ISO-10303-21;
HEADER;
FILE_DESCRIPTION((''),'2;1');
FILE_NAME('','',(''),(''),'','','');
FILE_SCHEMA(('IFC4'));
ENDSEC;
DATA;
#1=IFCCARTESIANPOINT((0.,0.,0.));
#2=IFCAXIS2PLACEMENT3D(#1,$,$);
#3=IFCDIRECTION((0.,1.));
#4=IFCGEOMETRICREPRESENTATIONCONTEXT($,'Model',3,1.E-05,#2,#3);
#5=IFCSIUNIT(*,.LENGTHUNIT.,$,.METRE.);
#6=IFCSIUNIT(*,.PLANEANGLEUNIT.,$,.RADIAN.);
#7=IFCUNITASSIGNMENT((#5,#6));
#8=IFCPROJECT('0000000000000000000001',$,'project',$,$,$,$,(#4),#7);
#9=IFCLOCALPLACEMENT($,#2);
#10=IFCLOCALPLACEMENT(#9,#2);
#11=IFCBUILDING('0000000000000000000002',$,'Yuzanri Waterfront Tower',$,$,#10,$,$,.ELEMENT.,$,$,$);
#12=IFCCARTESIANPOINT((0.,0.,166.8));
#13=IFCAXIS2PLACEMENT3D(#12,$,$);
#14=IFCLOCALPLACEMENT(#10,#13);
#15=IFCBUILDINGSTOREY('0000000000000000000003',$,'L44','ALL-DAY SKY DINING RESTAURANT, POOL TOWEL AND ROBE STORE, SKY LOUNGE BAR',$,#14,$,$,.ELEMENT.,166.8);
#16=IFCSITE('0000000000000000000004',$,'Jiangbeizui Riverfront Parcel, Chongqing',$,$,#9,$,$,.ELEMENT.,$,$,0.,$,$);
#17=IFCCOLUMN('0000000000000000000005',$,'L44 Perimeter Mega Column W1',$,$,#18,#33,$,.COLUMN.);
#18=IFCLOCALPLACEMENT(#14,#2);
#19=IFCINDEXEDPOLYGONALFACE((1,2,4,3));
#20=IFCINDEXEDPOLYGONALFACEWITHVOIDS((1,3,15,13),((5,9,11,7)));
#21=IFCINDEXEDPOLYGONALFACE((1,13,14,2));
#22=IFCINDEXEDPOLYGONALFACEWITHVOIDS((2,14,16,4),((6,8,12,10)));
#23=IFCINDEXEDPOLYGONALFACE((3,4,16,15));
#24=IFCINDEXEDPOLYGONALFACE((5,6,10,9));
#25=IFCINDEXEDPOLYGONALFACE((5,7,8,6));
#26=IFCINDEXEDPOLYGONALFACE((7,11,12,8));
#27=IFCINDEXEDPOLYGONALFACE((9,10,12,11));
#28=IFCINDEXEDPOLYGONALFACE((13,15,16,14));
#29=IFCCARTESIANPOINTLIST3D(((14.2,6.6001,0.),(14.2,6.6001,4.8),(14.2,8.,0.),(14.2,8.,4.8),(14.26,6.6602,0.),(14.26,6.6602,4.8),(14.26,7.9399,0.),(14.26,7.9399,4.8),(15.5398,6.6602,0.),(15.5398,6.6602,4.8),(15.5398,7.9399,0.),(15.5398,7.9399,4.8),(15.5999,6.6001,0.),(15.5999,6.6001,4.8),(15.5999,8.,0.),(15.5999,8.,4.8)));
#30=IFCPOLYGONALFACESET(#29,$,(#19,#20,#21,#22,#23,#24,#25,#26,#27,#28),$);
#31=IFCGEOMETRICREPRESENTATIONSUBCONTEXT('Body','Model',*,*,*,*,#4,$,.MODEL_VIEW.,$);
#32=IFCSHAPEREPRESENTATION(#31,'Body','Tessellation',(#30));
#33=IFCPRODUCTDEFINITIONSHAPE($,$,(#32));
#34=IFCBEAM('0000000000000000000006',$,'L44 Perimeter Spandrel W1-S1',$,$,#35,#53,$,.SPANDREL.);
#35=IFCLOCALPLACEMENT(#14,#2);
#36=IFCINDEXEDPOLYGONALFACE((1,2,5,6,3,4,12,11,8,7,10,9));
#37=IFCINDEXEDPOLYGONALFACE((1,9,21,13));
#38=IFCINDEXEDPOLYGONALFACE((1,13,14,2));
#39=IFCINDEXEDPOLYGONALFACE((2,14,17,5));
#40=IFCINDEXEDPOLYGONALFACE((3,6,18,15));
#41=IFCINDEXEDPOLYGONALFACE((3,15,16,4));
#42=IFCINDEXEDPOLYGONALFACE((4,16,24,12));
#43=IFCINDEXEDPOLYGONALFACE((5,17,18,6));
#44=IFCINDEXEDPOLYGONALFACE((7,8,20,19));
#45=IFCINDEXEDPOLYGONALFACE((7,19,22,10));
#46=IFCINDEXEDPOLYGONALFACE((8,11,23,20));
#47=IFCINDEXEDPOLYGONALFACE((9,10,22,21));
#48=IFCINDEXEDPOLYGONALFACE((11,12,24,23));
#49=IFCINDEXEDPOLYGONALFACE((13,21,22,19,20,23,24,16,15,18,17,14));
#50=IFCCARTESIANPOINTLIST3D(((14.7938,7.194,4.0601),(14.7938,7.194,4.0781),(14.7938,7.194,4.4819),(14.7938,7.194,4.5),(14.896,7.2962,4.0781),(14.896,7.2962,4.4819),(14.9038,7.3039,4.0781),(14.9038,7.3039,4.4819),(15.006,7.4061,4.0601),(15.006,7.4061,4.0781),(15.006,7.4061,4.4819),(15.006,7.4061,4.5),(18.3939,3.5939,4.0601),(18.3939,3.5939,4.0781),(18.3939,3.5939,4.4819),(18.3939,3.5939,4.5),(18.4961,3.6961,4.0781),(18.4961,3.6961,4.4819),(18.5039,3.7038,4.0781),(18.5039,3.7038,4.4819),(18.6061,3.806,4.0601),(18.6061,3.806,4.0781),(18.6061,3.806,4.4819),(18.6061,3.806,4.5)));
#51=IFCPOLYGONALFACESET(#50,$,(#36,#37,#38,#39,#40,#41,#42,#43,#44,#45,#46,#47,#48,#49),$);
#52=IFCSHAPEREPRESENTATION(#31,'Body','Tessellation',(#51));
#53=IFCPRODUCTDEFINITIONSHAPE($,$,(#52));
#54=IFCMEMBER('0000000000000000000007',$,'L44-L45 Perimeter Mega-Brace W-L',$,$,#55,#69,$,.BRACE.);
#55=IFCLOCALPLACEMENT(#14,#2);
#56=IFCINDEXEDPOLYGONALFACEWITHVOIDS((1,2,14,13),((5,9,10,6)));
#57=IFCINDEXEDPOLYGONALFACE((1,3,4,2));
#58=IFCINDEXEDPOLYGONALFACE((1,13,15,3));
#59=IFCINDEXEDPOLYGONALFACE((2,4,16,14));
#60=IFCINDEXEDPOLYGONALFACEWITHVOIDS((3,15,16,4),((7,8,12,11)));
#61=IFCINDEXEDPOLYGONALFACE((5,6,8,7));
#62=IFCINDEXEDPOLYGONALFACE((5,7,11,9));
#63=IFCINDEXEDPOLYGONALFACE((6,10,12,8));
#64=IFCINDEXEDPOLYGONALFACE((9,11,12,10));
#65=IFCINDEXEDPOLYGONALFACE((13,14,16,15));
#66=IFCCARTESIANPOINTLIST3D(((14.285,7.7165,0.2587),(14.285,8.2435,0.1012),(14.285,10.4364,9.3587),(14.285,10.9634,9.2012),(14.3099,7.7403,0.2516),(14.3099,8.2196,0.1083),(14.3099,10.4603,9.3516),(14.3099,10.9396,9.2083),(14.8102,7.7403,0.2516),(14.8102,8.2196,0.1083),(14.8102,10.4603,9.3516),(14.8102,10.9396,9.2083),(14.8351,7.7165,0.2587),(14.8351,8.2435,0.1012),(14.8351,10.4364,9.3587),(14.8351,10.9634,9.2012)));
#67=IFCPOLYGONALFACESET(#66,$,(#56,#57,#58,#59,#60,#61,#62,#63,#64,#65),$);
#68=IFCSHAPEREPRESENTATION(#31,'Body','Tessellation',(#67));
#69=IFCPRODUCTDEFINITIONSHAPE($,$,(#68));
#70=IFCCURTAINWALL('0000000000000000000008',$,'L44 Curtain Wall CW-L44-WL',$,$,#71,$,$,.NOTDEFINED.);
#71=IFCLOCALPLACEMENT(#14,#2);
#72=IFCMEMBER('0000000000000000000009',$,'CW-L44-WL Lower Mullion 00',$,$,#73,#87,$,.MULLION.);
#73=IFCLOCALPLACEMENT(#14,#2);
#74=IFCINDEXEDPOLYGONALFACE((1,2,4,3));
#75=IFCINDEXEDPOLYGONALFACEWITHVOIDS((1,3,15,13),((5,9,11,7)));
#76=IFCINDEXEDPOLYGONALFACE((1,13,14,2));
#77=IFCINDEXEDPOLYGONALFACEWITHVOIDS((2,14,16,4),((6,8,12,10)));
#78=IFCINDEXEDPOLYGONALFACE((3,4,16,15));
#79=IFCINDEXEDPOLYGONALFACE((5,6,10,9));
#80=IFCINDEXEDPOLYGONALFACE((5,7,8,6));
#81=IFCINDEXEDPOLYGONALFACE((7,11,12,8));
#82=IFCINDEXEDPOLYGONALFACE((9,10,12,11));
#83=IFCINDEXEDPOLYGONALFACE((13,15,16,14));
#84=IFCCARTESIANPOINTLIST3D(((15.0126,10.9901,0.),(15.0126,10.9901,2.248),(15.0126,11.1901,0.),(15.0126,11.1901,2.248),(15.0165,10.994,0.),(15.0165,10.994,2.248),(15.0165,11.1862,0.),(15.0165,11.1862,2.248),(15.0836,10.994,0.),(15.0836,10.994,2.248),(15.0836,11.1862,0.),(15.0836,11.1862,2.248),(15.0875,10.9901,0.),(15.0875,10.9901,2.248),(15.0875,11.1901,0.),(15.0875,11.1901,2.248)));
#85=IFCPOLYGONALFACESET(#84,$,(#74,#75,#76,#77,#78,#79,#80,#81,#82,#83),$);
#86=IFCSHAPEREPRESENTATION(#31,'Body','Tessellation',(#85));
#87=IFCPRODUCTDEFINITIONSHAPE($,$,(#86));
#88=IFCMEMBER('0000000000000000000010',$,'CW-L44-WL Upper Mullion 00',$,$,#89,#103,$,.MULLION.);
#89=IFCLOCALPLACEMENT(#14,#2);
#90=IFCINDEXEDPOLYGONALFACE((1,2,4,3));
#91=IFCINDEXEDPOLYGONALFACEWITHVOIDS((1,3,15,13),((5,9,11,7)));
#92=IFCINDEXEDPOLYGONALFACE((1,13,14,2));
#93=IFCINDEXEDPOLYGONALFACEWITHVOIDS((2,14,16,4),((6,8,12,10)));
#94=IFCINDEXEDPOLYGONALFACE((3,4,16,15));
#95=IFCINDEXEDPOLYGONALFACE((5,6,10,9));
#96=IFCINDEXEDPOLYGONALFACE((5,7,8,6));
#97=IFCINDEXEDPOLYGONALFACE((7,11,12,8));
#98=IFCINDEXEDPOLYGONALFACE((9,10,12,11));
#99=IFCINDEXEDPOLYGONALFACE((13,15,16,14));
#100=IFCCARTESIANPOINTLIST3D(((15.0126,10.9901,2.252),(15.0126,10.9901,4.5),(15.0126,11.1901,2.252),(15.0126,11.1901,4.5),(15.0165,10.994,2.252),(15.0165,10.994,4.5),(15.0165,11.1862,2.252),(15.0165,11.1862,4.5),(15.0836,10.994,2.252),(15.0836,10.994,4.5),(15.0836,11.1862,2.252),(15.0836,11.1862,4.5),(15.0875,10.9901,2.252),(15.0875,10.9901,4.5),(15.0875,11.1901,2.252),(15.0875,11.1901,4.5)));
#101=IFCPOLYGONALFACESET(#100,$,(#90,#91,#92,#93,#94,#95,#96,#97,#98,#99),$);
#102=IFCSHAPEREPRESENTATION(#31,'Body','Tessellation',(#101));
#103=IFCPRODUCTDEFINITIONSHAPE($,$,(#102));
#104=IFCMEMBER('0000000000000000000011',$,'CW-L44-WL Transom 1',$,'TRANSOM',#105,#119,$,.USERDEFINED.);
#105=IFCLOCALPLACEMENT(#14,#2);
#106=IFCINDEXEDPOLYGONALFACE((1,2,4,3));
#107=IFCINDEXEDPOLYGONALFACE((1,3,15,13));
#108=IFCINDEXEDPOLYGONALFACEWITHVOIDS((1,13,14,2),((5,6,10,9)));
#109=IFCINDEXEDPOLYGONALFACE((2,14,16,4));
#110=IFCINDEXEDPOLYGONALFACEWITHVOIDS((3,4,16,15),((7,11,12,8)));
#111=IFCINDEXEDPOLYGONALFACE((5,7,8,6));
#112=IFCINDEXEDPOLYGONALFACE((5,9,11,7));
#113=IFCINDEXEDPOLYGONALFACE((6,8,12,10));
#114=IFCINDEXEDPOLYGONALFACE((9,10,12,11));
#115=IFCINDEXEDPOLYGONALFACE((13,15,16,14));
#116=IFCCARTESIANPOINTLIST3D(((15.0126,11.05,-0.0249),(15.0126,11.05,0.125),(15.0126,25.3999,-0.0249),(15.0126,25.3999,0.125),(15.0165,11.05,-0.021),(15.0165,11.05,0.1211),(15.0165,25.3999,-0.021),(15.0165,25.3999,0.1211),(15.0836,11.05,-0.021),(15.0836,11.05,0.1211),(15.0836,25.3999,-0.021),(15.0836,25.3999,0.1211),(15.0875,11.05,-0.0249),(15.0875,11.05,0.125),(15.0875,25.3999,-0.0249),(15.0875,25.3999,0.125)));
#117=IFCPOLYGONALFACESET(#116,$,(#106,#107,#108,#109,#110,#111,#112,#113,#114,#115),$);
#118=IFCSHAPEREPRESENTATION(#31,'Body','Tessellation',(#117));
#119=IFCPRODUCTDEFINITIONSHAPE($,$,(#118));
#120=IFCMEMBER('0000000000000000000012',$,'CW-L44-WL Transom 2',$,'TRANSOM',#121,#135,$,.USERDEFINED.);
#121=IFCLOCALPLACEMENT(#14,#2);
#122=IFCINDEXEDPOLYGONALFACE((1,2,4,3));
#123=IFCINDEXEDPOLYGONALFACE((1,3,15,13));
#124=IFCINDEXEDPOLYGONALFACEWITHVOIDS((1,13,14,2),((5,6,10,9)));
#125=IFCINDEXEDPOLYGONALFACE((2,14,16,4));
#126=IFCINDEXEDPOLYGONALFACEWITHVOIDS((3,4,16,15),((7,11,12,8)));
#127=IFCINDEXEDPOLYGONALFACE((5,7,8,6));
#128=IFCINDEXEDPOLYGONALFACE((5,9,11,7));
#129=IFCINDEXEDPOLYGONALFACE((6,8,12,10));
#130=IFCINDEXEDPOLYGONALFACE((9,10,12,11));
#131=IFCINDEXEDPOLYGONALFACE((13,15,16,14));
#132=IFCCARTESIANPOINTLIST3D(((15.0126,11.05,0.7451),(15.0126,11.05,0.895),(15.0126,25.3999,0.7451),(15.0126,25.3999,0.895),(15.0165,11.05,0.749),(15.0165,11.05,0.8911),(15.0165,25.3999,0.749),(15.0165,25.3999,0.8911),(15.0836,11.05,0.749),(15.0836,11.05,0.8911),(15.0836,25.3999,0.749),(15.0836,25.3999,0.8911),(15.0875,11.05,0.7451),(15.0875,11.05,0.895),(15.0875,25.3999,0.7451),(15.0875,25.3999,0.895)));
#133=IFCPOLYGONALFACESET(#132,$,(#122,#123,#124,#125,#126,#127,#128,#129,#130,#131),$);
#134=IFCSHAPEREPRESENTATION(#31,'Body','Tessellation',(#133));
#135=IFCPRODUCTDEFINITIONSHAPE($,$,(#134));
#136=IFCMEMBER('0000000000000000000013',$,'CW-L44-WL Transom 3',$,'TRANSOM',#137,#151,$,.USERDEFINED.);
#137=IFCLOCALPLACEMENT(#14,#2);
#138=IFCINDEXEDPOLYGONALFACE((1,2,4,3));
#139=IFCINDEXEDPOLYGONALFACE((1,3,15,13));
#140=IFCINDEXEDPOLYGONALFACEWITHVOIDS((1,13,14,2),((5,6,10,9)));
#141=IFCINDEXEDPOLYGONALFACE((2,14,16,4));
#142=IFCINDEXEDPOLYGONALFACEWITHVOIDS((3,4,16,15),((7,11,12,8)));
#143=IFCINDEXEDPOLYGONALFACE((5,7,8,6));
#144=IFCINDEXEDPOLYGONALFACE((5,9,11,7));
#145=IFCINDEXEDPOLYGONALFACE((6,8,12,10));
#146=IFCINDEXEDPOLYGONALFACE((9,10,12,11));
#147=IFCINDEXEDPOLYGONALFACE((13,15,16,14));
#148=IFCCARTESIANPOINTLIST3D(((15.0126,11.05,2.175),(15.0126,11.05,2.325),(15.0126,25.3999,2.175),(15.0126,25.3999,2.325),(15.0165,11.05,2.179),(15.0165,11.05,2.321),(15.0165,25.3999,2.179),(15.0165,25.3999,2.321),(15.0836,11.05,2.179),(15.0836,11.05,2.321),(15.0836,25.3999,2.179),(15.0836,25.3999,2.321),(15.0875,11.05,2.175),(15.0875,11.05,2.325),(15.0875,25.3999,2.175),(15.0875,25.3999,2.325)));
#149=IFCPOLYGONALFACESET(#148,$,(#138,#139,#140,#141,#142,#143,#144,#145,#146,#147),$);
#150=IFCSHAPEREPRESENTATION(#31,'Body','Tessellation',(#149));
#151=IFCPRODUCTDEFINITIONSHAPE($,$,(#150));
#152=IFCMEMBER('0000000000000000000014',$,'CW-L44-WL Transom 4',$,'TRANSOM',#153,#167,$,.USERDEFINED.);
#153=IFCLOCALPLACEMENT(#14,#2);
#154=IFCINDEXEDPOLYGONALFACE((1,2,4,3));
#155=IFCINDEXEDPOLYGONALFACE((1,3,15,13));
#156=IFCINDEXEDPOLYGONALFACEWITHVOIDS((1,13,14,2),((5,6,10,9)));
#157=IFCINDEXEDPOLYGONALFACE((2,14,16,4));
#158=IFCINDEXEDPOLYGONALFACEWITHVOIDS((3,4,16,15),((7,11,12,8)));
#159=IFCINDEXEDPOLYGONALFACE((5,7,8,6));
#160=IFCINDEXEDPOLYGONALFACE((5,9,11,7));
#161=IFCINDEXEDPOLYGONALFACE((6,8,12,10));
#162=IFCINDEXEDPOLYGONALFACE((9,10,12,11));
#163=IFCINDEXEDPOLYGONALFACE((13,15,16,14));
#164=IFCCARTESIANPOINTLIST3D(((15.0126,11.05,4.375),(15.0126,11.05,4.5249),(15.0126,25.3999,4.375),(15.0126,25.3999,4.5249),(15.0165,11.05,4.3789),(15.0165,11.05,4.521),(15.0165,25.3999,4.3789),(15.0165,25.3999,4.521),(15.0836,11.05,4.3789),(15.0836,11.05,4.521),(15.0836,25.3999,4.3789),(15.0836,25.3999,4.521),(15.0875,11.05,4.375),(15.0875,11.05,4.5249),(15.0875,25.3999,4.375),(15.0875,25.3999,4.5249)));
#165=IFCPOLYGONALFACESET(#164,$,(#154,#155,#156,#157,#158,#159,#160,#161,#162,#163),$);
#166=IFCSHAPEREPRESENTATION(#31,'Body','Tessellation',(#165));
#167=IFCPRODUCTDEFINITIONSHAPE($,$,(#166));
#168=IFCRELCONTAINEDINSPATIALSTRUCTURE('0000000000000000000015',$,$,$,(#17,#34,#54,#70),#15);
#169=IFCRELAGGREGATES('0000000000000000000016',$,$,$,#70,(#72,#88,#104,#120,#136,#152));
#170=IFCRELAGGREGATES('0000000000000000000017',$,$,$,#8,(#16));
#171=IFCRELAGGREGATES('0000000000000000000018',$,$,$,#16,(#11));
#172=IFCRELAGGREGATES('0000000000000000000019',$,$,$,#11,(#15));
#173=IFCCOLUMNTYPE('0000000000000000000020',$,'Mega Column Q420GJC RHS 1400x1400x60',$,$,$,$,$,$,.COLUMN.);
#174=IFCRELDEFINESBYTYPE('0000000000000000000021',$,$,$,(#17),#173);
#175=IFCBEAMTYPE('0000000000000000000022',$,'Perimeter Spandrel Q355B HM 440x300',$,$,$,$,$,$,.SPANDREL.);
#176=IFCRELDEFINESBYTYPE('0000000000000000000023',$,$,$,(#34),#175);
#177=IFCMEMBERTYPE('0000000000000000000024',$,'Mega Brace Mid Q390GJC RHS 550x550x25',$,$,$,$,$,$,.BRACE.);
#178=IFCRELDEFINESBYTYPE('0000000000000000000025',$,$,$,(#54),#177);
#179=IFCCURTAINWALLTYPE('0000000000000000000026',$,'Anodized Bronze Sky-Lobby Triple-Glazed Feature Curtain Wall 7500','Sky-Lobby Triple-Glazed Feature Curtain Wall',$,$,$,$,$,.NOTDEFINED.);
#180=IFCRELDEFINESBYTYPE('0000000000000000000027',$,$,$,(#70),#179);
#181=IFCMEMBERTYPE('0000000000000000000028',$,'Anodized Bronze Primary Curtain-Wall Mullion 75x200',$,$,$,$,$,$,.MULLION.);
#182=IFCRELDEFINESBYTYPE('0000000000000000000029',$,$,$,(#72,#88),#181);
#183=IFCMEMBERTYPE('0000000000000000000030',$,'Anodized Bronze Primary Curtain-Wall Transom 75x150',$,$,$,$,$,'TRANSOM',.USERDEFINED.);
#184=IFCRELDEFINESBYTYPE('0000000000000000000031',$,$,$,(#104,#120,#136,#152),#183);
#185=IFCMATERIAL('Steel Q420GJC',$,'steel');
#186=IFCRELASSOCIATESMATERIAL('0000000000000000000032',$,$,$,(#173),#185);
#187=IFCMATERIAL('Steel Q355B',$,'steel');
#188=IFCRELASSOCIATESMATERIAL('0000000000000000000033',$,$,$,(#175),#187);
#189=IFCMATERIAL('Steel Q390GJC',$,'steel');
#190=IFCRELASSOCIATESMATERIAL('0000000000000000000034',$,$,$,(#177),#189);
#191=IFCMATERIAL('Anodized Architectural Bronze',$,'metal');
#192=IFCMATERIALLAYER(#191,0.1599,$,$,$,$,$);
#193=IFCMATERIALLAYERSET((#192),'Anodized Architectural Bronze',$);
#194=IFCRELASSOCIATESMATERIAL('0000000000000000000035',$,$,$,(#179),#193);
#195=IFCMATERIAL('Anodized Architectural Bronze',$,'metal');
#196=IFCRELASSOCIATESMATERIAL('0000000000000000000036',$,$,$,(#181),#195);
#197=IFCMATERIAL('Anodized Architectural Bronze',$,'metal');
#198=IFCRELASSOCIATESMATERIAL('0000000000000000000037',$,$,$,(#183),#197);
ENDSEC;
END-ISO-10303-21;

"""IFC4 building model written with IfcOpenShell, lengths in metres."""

from ifc_helpers import new_model, si_unit, direction, frame, origin, origin_2d, place, context, subcontext, project, spatial, hollow_rectangle, i_section, extrude, source, transform, mapped, material, layer, layer_set, material_profile, profile_set, type_object, element, aggregate, save


model = new_model("IFC4")

# Units and contexts
model_context = context("Model", 3, precision=1e-05, world=origin(), true_north=direction((0.0, 1.0)))
body_context = subcontext(model_context, "Body", "Model", "MODEL_VIEW")
ifc_project = project(units=[si_unit("LENGTHUNIT", "METRE"), si_unit("PLANEANGLEUNIT", "RADIAN")], contexts=[model_context])

# Site, building, storey
site_placement = place(None, origin())
site = spatial("IfcSite", under=ifc_project, at=site_placement, Name="Jiangbeizui Riverfront Parcel, Chongqing", CompositionType="ELEMENT", RefElevation=0.0)
building_placement = place(site_placement, origin())
building = spatial("IfcBuilding", under=site, at=building_placement, Name="Yuzanri Waterfront Tower", CompositionType="ELEMENT")
storey_placement = place(building_placement, frame((0.0, 0.0, 166.8)))
storey = spatial("IfcBuildingStorey", under=building, at=storey_placement, Name="L44", Description="ALL-DAY SKY DINING RESTAURANT, POOL TOWEL AND ROBE STORE, SKY LOUNGE BAR", CompositionType="ELEMENT", Elevation=166.8)

# Column
ifc_material_1 = material(Name="Steel Q420GJC", Category="steel")
ifc_material_profile_1 = material_profile(ifc_material_1, hollow_rectangle(XDim=1.3999, YDim=1.3999, WallThickness=0.0601, at=origin_2d()), Name="RHS 1400x1400x60")
ifc_profile_set_1 = profile_set([ifc_material_profile_1], Name="Steel Q420GJC")
column_type = type_object("IfcColumnType", Name="Mega Column Q420GJC RHS 1400x1400x60", PredefinedType="COLUMN", material=ifc_profile_set_1)
shared_shape_1 = source(origin(), body_context, "Body", "SweptSolid", [
    extrude(hollow_rectangle(XDim=1.3999, YDim=1.3999, WallThickness=0.0601, at=origin_2d()), origin(), (0.0, 0.0, 1.0), 4.8),
])
column_placement = place(storey_placement, frame((14.8999, 7.3, 0.0), z_axis=(0.0, 0.0, 1.0), x_axis=(1.0, 0.0, 0.0)))
element("IfcColumn", 1, at=column_placement, inside=storey, type_object=column_type, Name="L44 Perimeter Mega Column W1", PredefinedType="COLUMN", context=body_context, shape_type="MappedRepresentation", body=[
    mapped(shared_shape_1, transform((0.0, 0.0, 0.0), scale=1.0)),
])

# Beam
ifc_material_2 = material(Name="Steel Q355B", Category="steel")
ifc_material_profile_2 = material_profile(ifc_material_2, i_section(OverallWidth=0.3, OverallDepth=0.4399, WebThickness=0.011, FlangeThickness=0.0181, at=origin_2d()), Name="HM 440x300x11x18")
ifc_profile_set_2 = profile_set([ifc_material_profile_2], Name="Steel Q355B")
beam_type = type_object("IfcBeamType", Name="Perimeter Spandrel Q355B HM 440x300", PredefinedType="SPANDREL", material=ifc_profile_set_2)
shared_shape_2 = source(origin(), body_context, "Body", "SweptSolid", [
    extrude(i_section(OverallWidth=0.3, OverallDepth=0.4399, WebThickness=0.011, FlangeThickness=0.0181, at=origin_2d()), origin(), (0.0, 0.0, 1.0), 5.0913),
])
beam_placement = place(storey_placement, frame((14.8999, 7.3, 4.28), z_axis=(0.707107, -0.707107, 0.0), x_axis=(0.707107, 0.707107, 0.0)))
element("IfcBeam", 2, at=beam_placement, inside=storey, type_object=beam_type, Name="L44 Perimeter Spandrel W1-S1", PredefinedType="SPANDREL", context=body_context, shape_type="MappedRepresentation", body=[
    mapped(shared_shape_2, transform((0.0, 0.0, 0.0), scale=1.0)),
])

# Member
ifc_material_3 = material(Name="Steel Q390GJC", Category="steel")
ifc_material_profile_3 = material_profile(ifc_material_3, hollow_rectangle(XDim=0.55, YDim=0.55, WallThickness=0.0249, at=origin_2d()), Name="RHS 550x550x25")
ifc_profile_set_3 = profile_set([ifc_material_profile_3], Name="Steel Q390GJC")
member_type_1 = type_object("IfcMemberType", Name="Mega Brace Mid Q390GJC RHS 550x550x25", PredefinedType="BRACE", material=ifc_profile_set_3)
shared_shape_3 = source(origin(), body_context, "Body", "SweptSolid", [
    extrude(hollow_rectangle(XDim=0.55, YDim=0.55, WallThickness=0.0249, at=origin_2d()), origin(), (0.0, 0.0, 1.0), 9.4978),
])
member_1_placement = place(storey_placement, frame((14.5601, 7.98, 0.1799), z_axis=(0.0, 0.286376, 0.958117), x_axis=(-1.0, 0.0, 0.0)))
element("IfcMember", 3, at=member_1_placement, inside=storey, type_object=member_type_1, Name="L44-L45 Perimeter Mega-Brace W-L", PredefinedType="BRACE", context=body_context, shape_type="MappedRepresentation", body=[
    mapped(shared_shape_3, transform((0.0, 0.0, 0.0), scale=1.0)),
])

# Curtain wall, members
ifc_material_4 = material(Name="Anodized Architectural Bronze", Category="metal")
ifc_layer_1 = layer(ifc_material_4, 0.1599)
ifc_layer_set_1 = layer_set([ifc_layer_1], Name="Anodized Architectural Bronze")
curtain_wall_type = type_object("IfcCurtainWallType", Name="Anodized Bronze Sky-Lobby Triple-Glazed Feature Curtain Wall 7500", Description="Sky-Lobby Triple-Glazed Feature Curtain Wall", PredefinedType="NOTDEFINED", material=ifc_layer_set_1)
curtain_wall_placement = place(storey_placement, origin())
curtain_wall = element("IfcCurtainWall", 4, at=curtain_wall_placement, inside=storey, type_object=curtain_wall_type, Name="L44 Curtain Wall CW-L44-WL", PredefinedType="NOTDEFINED")
ifc_material_5 = material(Name="Anodized Architectural Bronze", Category="metal")
ifc_material_profile_4 = material_profile(ifc_material_5, hollow_rectangle(XDim=0.075, YDim=0.2, WallThickness=0.0039, at=origin_2d()), Name="CWM 75x200")
ifc_profile_set_4 = profile_set([ifc_material_profile_4], Name="Anodized Architectural Bronze")
member_type_2 = type_object("IfcMemberType", Name="Anodized Bronze Primary Curtain-Wall Mullion 75x200", PredefinedType="MULLION", material=ifc_profile_set_4)
shared_shape_4 = source(origin(), body_context, "Body", "SweptSolid", [
    extrude(hollow_rectangle(XDim=0.075, YDim=0.2, WallThickness=0.0039, at=origin_2d()), origin(), (0.0, 0.0, 1.0), 2.248),
])
member_2_placement = place(storey_placement, frame((15.05, 11.0901, 0.0), z_axis=(0.0, 0.0, 1.0), x_axis=(1.0, 0.0, 0.0)))
member_2 = element("IfcMember", 5, at=member_2_placement, type_object=member_type_2, Name="CW-L44-WL Lower Mullion 00", PredefinedType="MULLION", context=body_context, shape_type="MappedRepresentation", body=[
    mapped(shared_shape_4, transform((0.0, 0.0, 0.0), scale=1.0)),
])
member_3_placement = place(storey_placement, frame((15.05, 11.0901, 2.252), z_axis=(0.0, 0.0, 1.0), x_axis=(1.0, 0.0, 0.0)))
member_3 = element("IfcMember", 6, at=member_3_placement, type_object=member_type_2, Name="CW-L44-WL Upper Mullion 00", PredefinedType="MULLION", context=body_context, shape_type="MappedRepresentation", body=[
    mapped(shared_shape_4, transform((0.0, 0.0, 0.0), scale=1.0)),
])
ifc_material_6 = material(Name="Anodized Architectural Bronze", Category="metal")
ifc_material_profile_5 = material_profile(ifc_material_6, hollow_rectangle(XDim=0.075, YDim=0.1499, WallThickness=0.0039, at=origin_2d()), Name="CWT 75x150")
ifc_profile_set_5 = profile_set([ifc_material_profile_5], Name="Anodized Architectural Bronze")
member_type_3 = type_object("IfcMemberType", Name="Anodized Bronze Primary Curtain-Wall Transom 75x150", ElementType="TRANSOM", PredefinedType="USERDEFINED", material=ifc_profile_set_5)
shared_shape_5 = source(origin(), body_context, "Body", "SweptSolid", [
    extrude(hollow_rectangle(XDim=0.075, YDim=0.1499, WallThickness=0.0039, at=origin_2d()), origin(), (0.0, 0.0, 1.0), 14.3499),
])
member_4_placement = place(storey_placement, frame((15.05, 11.05, 0.05), z_axis=(0.0, 1.0, 0.0), x_axis=(-1.0, 0.0, 0.0)))
member_4 = element("IfcMember", 7, at=member_4_placement, type_object=member_type_3, Name="CW-L44-WL Transom 1", ObjectType="TRANSOM", PredefinedType="USERDEFINED", context=body_context, shape_type="MappedRepresentation", body=[
    mapped(shared_shape_5, transform((0.0, 0.0, 0.0), scale=1.0)),
])
member_5_placement = place(storey_placement, frame((15.05, 11.05, 0.8201), z_axis=(0.0, 1.0, 0.0), x_axis=(-1.0, 0.0, 0.0)))
member_5 = element("IfcMember", 8, at=member_5_placement, type_object=member_type_3, Name="CW-L44-WL Transom 2", ObjectType="TRANSOM", PredefinedType="USERDEFINED", context=body_context, shape_type="MappedRepresentation", body=[
    mapped(shared_shape_5, transform((0.0, 0.0, 0.0), scale=1.0)),
])
member_6_placement = place(storey_placement, frame((15.05, 11.05, 2.25), z_axis=(0.0, 1.0, 0.0), x_axis=(-1.0, 0.0, 0.0)))
member_6 = element("IfcMember", 9, at=member_6_placement, type_object=member_type_3, Name="CW-L44-WL Transom 3", ObjectType="TRANSOM", PredefinedType="USERDEFINED", context=body_context, shape_type="MappedRepresentation", body=[
    mapped(shared_shape_5, transform((0.0, 0.0, 0.0), scale=1.0)),
])
member_7_placement = place(storey_placement, frame((15.05, 11.05, 4.45), z_axis=(0.0, 1.0, 0.0), x_axis=(-1.0, 0.0, 0.0)))
member_7 = element("IfcMember", 10, at=member_7_placement, type_object=member_type_3, Name="CW-L44-WL Transom 4", ObjectType="TRANSOM", PredefinedType="USERDEFINED", context=body_context, shape_type="MappedRepresentation", body=[
    mapped(shared_shape_5, transform((0.0, 0.0, 0.0), scale=1.0)),
])

aggregate(curtain_wall, [member_2, member_3, member_4, member_5, member_6, member_7])

save(model, "model.ifc")
